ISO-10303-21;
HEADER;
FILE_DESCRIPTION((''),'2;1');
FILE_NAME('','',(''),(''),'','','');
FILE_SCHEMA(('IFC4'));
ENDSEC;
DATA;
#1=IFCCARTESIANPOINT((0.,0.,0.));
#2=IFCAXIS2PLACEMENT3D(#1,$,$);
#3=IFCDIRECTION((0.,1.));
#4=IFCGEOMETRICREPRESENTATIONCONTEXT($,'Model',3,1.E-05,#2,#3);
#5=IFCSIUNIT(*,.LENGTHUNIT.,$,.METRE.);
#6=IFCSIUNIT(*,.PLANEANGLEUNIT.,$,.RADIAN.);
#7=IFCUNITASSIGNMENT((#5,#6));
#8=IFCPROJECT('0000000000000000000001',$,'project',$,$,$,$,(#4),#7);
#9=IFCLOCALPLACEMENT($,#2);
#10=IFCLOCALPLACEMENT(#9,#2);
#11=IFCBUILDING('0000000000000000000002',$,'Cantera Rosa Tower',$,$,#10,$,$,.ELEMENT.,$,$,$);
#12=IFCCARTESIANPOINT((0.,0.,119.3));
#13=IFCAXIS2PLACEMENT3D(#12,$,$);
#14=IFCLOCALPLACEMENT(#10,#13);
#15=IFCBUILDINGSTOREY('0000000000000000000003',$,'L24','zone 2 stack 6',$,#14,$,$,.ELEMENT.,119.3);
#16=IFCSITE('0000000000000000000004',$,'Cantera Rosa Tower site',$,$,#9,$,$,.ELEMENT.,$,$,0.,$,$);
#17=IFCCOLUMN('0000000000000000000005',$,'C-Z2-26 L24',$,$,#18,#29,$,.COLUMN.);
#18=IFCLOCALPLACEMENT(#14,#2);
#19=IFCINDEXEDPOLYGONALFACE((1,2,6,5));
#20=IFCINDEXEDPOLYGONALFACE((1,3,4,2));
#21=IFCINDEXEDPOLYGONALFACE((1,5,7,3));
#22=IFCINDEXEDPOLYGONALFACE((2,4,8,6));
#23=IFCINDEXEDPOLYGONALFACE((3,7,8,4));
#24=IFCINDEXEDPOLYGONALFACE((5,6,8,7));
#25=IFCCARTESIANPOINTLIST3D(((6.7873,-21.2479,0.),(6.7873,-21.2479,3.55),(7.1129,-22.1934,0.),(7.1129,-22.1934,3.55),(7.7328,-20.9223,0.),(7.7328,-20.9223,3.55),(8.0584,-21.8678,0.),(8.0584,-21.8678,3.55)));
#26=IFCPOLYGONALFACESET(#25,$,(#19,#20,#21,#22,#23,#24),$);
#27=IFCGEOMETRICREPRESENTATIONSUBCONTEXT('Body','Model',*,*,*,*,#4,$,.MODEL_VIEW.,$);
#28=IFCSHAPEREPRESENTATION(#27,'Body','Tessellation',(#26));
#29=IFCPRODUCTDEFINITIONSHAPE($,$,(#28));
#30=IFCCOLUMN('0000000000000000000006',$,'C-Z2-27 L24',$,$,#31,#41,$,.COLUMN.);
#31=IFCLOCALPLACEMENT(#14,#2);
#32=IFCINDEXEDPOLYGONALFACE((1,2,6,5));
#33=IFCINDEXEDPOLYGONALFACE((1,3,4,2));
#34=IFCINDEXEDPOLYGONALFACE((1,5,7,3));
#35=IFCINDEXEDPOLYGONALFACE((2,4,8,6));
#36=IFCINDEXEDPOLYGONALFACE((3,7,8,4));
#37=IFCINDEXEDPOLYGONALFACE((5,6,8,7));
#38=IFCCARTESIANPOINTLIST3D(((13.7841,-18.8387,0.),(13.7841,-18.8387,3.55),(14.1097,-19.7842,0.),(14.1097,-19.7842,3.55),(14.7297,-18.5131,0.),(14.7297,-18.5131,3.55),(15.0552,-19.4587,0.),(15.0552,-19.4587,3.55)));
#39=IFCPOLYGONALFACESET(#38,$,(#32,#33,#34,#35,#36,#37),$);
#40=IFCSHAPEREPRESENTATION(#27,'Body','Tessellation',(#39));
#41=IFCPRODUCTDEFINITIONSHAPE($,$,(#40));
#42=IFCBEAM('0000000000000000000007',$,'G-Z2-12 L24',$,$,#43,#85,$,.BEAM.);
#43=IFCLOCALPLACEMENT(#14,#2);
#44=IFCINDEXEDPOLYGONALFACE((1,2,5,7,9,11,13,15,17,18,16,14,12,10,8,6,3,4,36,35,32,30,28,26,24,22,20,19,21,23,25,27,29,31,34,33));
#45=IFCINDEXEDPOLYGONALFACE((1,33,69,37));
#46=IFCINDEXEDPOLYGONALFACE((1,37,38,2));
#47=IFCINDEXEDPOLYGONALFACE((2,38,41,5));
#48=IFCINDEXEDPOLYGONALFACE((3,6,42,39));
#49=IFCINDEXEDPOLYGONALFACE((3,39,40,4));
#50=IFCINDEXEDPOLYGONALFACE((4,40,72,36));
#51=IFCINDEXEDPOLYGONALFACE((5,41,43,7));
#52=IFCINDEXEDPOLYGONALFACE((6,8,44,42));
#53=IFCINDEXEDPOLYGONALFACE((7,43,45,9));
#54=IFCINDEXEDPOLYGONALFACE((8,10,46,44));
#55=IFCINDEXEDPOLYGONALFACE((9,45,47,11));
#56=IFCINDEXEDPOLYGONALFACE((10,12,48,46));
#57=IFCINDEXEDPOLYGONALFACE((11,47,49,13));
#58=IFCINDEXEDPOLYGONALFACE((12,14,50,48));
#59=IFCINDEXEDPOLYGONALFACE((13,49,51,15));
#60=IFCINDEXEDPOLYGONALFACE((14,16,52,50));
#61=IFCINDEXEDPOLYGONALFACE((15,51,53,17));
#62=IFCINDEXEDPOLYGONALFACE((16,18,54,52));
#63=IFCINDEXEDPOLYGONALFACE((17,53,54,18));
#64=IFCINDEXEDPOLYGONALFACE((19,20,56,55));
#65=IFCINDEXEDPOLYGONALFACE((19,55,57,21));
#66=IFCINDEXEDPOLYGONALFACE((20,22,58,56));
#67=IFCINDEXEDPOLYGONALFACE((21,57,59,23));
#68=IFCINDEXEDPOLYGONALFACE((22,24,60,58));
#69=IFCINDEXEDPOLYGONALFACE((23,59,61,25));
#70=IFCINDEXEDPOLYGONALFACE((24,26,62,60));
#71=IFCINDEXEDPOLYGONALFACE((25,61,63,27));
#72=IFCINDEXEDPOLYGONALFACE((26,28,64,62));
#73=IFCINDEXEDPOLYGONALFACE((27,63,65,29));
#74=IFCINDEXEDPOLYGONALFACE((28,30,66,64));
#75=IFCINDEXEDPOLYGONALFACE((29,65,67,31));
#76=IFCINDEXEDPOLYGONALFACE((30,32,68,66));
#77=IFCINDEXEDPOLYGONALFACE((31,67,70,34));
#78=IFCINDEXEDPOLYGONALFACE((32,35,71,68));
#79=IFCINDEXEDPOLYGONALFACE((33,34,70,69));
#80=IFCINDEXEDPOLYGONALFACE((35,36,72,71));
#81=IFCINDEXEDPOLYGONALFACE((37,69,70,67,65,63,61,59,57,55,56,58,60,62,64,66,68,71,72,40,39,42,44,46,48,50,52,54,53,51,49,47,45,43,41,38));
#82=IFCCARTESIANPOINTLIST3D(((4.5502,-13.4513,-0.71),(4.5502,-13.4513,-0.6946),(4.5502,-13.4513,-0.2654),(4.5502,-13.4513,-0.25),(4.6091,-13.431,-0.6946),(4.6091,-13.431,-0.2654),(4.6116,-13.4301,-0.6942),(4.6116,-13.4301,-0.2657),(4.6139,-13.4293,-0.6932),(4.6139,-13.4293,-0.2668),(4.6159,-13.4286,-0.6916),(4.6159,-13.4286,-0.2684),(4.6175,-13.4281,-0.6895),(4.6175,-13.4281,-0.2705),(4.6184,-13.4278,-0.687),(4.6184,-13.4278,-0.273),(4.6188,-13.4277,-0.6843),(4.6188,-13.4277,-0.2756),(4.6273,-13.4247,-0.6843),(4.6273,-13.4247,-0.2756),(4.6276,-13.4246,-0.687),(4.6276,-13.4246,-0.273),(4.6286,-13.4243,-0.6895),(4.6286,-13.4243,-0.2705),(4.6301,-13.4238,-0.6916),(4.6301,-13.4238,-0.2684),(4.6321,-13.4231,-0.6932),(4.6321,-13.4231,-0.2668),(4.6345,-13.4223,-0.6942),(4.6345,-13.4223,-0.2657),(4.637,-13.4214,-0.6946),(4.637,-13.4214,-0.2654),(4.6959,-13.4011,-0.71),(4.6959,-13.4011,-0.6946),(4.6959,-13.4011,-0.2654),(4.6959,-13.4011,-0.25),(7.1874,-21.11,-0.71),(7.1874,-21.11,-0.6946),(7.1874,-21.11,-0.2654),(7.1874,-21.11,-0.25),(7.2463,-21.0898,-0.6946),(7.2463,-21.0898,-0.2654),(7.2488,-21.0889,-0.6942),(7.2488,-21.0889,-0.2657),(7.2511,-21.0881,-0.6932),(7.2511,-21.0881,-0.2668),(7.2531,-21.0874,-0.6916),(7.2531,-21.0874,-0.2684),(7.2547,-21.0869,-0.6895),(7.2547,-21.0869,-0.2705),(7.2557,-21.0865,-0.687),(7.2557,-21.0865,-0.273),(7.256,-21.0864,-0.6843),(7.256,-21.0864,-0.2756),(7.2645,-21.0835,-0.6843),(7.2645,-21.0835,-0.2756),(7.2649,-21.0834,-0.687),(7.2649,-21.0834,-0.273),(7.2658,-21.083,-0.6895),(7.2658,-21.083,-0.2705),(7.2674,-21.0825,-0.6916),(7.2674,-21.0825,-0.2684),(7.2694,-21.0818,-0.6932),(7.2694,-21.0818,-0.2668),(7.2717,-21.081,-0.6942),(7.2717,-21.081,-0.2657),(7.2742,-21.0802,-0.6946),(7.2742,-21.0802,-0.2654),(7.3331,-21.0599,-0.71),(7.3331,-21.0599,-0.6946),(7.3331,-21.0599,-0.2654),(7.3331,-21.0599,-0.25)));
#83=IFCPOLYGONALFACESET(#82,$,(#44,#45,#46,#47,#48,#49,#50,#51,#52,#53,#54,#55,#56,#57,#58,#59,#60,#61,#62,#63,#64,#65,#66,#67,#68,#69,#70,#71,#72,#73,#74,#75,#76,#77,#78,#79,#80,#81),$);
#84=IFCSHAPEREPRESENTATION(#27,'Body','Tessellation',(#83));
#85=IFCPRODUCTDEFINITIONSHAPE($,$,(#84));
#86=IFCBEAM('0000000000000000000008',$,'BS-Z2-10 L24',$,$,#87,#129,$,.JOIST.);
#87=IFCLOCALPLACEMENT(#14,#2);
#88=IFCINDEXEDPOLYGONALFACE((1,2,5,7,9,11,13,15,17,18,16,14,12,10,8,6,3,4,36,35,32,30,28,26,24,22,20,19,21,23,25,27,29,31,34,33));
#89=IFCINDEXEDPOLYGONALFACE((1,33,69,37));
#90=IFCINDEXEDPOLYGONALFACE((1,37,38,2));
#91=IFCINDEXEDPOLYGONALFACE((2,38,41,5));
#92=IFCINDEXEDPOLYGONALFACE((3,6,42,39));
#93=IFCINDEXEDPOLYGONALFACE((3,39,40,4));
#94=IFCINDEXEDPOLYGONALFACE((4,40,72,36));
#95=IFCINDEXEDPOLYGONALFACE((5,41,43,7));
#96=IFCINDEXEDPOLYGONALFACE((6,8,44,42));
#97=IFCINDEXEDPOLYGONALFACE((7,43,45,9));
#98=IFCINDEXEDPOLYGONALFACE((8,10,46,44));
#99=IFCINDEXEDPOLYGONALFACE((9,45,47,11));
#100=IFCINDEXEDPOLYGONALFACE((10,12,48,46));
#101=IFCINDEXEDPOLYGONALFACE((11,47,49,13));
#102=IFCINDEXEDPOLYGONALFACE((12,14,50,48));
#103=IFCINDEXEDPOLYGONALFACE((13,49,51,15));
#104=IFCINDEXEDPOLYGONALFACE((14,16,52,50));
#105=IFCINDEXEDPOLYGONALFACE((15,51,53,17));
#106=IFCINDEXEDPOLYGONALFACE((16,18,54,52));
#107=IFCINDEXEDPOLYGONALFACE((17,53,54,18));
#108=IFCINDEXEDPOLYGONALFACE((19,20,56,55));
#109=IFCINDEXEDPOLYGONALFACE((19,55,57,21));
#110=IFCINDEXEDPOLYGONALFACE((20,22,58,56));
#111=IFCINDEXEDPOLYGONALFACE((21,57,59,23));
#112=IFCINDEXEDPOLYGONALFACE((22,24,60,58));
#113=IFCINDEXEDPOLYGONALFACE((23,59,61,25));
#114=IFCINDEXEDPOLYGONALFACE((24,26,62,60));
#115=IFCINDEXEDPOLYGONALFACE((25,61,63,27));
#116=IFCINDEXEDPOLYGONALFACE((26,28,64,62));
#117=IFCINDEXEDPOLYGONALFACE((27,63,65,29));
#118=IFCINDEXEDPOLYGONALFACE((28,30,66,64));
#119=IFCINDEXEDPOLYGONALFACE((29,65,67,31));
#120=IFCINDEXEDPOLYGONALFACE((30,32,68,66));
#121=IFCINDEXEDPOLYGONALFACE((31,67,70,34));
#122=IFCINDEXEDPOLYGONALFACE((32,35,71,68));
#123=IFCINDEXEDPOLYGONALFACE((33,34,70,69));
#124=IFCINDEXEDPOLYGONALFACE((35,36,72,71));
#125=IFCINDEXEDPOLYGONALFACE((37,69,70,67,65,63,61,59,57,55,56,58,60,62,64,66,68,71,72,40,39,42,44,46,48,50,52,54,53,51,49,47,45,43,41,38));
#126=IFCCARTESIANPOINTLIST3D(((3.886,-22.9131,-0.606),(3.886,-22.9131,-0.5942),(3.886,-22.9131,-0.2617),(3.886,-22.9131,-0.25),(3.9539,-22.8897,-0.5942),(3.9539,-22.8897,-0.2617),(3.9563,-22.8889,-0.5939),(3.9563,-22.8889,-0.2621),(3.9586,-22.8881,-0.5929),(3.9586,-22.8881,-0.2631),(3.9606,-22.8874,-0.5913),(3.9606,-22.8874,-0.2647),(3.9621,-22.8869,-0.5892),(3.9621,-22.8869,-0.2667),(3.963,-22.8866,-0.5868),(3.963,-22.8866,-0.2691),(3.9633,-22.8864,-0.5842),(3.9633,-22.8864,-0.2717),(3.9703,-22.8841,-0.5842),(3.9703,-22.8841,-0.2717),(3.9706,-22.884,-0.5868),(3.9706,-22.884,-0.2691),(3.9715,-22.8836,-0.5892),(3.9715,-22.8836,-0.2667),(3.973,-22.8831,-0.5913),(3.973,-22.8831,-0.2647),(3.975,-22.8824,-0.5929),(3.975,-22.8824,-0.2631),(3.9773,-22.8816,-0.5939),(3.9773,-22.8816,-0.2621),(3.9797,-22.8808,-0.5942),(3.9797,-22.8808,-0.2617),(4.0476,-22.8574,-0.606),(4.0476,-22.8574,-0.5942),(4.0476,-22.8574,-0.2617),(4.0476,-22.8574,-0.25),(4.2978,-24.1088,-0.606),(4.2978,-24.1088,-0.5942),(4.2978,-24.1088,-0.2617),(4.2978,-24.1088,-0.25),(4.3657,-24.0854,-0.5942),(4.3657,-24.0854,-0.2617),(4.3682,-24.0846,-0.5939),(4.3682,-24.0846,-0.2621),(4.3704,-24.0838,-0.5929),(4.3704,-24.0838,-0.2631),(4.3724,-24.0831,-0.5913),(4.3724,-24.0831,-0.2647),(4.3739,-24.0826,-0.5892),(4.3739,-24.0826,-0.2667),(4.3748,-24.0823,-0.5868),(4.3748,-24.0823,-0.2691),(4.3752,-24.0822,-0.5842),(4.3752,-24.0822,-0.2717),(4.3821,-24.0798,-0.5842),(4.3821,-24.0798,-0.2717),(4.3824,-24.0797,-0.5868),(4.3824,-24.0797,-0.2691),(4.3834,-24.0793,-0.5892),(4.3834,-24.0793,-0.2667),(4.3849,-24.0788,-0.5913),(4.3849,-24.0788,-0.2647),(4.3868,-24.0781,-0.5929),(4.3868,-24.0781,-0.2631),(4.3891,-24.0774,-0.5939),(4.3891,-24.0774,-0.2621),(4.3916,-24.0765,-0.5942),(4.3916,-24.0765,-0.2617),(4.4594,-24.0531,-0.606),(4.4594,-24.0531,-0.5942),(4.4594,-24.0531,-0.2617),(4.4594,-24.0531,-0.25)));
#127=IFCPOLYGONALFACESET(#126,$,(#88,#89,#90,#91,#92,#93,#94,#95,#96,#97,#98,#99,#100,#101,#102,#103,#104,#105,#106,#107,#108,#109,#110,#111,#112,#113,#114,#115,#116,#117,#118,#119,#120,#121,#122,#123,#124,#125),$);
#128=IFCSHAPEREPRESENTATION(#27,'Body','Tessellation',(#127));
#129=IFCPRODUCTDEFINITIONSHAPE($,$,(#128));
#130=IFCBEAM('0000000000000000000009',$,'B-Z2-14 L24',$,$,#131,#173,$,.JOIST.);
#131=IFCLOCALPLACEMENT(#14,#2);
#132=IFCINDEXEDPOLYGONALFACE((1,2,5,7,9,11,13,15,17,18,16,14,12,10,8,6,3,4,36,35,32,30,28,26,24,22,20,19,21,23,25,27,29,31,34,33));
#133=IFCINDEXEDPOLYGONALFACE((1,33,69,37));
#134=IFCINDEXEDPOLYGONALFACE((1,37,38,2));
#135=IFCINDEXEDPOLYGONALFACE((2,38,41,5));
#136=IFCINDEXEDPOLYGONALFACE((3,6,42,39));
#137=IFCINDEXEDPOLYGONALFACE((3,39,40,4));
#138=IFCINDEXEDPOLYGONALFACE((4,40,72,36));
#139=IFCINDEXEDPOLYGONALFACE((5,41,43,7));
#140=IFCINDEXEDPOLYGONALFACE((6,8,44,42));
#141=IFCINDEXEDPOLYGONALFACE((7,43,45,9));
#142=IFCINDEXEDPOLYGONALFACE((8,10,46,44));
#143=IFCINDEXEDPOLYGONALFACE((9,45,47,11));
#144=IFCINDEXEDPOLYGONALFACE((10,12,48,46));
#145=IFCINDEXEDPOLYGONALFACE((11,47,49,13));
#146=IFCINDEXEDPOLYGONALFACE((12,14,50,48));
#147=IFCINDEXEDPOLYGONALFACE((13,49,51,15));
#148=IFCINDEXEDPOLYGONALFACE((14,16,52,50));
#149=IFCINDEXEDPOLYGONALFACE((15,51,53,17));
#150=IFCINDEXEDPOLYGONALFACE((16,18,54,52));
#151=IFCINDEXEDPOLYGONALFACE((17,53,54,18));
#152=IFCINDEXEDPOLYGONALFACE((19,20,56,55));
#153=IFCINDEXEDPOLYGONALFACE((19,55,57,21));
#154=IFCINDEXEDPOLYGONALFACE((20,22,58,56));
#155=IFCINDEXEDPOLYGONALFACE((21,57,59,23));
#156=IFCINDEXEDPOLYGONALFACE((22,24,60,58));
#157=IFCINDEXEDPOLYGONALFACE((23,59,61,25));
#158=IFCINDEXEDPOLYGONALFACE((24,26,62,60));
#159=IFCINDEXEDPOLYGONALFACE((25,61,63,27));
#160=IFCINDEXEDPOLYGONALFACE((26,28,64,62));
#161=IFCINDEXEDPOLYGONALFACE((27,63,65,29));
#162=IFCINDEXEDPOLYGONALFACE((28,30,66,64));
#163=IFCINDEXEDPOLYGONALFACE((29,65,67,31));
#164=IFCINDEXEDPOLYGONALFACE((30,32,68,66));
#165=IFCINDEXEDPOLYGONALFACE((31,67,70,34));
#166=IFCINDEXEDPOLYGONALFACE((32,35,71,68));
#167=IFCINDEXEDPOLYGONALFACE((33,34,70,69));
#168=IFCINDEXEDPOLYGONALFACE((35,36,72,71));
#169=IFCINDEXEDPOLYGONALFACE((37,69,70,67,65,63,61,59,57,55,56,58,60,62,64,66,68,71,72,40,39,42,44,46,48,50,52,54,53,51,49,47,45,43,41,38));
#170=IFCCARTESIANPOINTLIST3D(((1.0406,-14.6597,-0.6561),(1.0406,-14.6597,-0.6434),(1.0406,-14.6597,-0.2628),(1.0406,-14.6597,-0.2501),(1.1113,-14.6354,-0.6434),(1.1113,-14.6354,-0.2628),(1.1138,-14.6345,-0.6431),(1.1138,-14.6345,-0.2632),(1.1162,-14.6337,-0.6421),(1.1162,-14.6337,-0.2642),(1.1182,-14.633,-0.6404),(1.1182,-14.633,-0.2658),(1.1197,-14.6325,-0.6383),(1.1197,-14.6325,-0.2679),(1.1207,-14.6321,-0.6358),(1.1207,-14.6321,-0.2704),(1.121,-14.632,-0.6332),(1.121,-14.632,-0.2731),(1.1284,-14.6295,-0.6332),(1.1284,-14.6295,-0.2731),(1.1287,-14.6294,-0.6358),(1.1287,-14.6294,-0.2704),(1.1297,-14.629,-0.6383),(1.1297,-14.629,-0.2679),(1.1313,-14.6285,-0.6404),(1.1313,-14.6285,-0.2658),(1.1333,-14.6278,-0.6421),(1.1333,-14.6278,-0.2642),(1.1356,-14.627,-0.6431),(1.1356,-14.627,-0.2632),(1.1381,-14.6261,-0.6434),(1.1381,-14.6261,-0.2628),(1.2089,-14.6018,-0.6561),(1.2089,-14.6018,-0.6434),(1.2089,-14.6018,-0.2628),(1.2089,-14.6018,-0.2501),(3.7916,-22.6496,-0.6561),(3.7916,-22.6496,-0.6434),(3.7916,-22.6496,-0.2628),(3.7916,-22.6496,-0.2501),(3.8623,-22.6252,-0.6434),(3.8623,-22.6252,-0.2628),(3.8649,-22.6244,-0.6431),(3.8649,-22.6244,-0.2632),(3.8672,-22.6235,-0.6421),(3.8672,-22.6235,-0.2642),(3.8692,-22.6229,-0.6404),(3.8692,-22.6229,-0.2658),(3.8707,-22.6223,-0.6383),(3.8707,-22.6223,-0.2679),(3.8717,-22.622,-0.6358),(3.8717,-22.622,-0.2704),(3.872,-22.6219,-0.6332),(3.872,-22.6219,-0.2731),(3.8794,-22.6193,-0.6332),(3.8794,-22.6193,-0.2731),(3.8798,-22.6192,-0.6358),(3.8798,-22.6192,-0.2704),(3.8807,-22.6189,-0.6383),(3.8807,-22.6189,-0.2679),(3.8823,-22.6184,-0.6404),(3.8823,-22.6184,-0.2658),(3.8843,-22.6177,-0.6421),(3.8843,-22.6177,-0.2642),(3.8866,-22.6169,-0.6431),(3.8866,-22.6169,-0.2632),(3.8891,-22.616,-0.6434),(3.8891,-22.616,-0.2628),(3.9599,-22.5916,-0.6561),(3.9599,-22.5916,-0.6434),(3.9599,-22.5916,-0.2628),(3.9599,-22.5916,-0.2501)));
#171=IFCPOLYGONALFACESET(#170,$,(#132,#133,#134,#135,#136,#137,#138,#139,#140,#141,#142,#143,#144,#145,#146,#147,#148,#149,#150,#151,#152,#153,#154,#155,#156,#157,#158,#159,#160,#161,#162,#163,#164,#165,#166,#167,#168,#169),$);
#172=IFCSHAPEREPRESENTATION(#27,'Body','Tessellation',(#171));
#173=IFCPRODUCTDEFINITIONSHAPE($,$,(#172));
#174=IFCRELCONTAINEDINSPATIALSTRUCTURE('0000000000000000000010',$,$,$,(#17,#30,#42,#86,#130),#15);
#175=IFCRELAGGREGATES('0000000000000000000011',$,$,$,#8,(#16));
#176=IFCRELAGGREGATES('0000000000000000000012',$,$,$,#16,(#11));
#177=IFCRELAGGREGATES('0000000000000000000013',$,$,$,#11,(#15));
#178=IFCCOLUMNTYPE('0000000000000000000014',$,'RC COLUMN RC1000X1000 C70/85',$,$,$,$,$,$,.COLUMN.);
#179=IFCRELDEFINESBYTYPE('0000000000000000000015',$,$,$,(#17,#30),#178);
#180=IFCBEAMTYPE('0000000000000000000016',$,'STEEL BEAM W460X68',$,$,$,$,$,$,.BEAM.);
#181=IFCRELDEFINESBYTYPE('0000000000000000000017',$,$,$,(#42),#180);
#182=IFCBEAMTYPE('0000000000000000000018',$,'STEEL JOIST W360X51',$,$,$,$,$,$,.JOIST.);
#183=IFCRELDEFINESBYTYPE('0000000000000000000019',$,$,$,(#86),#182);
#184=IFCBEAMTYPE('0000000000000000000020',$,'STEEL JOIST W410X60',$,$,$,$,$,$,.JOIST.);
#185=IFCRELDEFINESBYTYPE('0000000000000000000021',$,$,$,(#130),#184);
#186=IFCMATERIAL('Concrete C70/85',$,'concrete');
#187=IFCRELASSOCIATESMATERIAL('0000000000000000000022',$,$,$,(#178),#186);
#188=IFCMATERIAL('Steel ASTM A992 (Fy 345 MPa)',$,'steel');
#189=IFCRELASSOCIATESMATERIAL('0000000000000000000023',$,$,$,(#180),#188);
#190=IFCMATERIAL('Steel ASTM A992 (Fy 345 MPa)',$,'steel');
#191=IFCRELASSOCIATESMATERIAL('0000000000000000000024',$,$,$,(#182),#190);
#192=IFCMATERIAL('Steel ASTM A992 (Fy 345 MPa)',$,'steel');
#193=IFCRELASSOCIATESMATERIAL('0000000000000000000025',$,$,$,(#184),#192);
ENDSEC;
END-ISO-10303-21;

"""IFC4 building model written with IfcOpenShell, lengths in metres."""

from ifc_helpers import new_model, si_unit, direction, frame, origin, origin_2d, place, context, subcontext, project, spatial, rectangle, i_section, extrude, material, material_profile, profile_set, type_object, element, save


model = new_model("IFC4")

# Units and contexts
model_context = context("Model", 3, precision=1e-05, world=origin(), true_north=direction((0.0, 1.0)))
body_context = subcontext(model_context, "Body", "Model", "MODEL_VIEW")
ifc_project = project(units=[si_unit("LENGTHUNIT", "METRE"), si_unit("PLANEANGLEUNIT", "RADIAN")], contexts=[model_context])

# Site, building, storey
site_placement = place(None, origin())
site = spatial("IfcSite", under=ifc_project, at=site_placement, Name="Cantera Rosa Tower site", CompositionType="ELEMENT", RefElevation=0.0)
building_placement = place(site_placement, origin())
building = spatial("IfcBuilding", under=site, at=building_placement, Name="Cantera Rosa Tower", CompositionType="ELEMENT")
storey_placement = place(building_placement, frame((0.0, 0.0, 119.3)))
storey = spatial("IfcBuildingStorey", under=building, at=storey_placement, Name="L24", Description="zone 2 stack 6", CompositionType="ELEMENT", Elevation=119.3)

# Columns
ifc_material_1 = material(Name="Concrete C70/85", Category="concrete")
ifc_material_profile_1 = material_profile(ifc_material_1, rectangle(XDim=1.0, YDim=1.0, at=origin_2d()), Name="RC COLUMN RC1000X1000 C70/85")
ifc_profile_set_1 = profile_set([ifc_material_profile_1], Name="Concrete C70/85")
column_type = type_object("IfcColumnType", Name="RC COLUMN RC1000X1000 C70/85", PredefinedType="COLUMN", material=ifc_profile_set_1)
for number, where, z_axis, x_axis, name in (
    (1, (7.4229, -21.5579, 0.0), (0.0, 0.0, 1.0), (0.945519, 0.325568, 0.0), "C-Z2-26 L24"),
    (2, (14.4197, -19.1487, 0.0), (0.0, 0.0, 1.0), (0.945519, 0.325568, 0.0), "C-Z2-27 L24"),
):
    element("IfcColumn", number, at=place(storey_placement, frame(where, z_axis=z_axis, x_axis=x_axis)), inside=storey, type_object=column_type, Name=name, PredefinedType="COLUMN", context=body_context, shape_type="SweptSolid", body=[
        extrude(rectangle(XDim=1.0, YDim=1.0, at=origin_2d()), origin(), (0.0, 0.0, 1.0), 3.55),
    ])

# Beams
ifc_material_2 = material(Name="Steel ASTM A992 (Fy 345 MPa)", Category="steel")
ifc_material_profile_2 = material_profile(ifc_material_2, i_section(OverallWidth=0.1541, OverallDepth=0.46, WebThickness=0.009, FlangeThickness=0.0154, FilletRadius=0.0103, at=origin_2d()), Name="W460X68")
ifc_profile_set_2 = profile_set([ifc_material_profile_2], Name="Steel ASTM A992 (Fy 345 MPa)")
beam_type_1 = type_object("IfcBeamType", Name="STEEL BEAM W460X68", PredefinedType="BEAM", material=ifc_profile_set_2)
beam_1_placement = place(storey_placement, frame((7.2603, -21.085, -0.48), z_axis=(-0.32558, 0.945514, 0.0), x_axis=(-0.945514, -0.32558, 0.0)))
element("IfcBeam", 3, at=beam_1_placement, inside=storey, type_object=beam_type_1, Name="G-Z2-12 L24", PredefinedType="BEAM", context=body_context, shape_type="SweptSolid", body=[
    extrude(i_section(OverallWidth=0.1541, OverallDepth=0.46, WebThickness=0.009, FlangeThickness=0.0154, FilletRadius=0.0103, at=origin_2d()), origin(), (0.0, 0.0, 1.0), 8.1001),
])
ifc_material_3 = material(Name="Steel ASTM A992 (Fy 345 MPa)", Category="steel")
ifc_material_profile_3 = material_profile(ifc_material_3, i_section(OverallWidth=0.1709, OverallDepth=0.356, WebThickness=0.0073, FlangeThickness=0.0117, FilletRadius=0.01, at=origin_2d()), Name="W360X51")
ifc_profile_set_3 = profile_set([ifc_material_profile_3], Name="Steel ASTM A992 (Fy 345 MPa)")
beam_type_2 = type_object("IfcBeamType", Name="STEEL JOIST W360X51", PredefinedType="JOIST", material=ifc_profile_set_3)
beam_2_placement = place(storey_placement, frame((3.9668, -22.8853, -0.428), z_axis=(0.325652, -0.94549, 0.0), x_axis=(0.94549, 0.325652, 0.0)))
element("IfcBeam", 4, at=beam_2_placement, inside=storey, type_object=beam_type_2, Name="BS-Z2-10 L24", PredefinedType="JOIST", context=body_context, shape_type="SweptSolid", body=[
    extrude(i_section(OverallWidth=0.1709, OverallDepth=0.356, WebThickness=0.0073, FlangeThickness=0.0117, FilletRadius=0.01, at=origin_2d()), origin(), (0.0, 0.0, 1.0), 1.2646),
])
ifc_material_4 = material(Name="Steel ASTM A992 (Fy 345 MPa)", Category="steel")
ifc_material_profile_4 = material_profile(ifc_material_4, i_section(OverallWidth=0.178, OverallDepth=0.406, WebThickness=0.0078, FlangeThickness=0.0127, FilletRadius=0.0103, at=origin_2d()), Name="W410X60")
ifc_profile_set_4 = profile_set([ifc_material_profile_4], Name="Steel ASTM A992 (Fy 345 MPa)")
beam_type_3 = type_object("IfcBeamType", Name="STEEL JOIST W410X60", PredefinedType="JOIST", material=ifc_profile_set_4)
for number, where, z_axis, x_axis, name in (
    (5, (3.8757, -22.6206, -0.4531), (-0.325556, 0.945523, 0.0), (-0.945523, -0.325556, 0.0), "B-Z2-14 L24"),
):
    element("IfcBeam", number, at=place(storey_placement, frame(where, z_axis=z_axis, x_axis=x_axis)), inside=storey, type_object=beam_type_3, Name=name, PredefinedType="JOIST", context=body_context, shape_type="SweptSolid", body=[
        extrude(i_section(OverallWidth=0.178, OverallDepth=0.406, WebThickness=0.0078, FlangeThickness=0.0127, FilletRadius=0.0103, at=origin_2d()), origin(), (0.0, 0.0, 1.0), 8.4502),
    ])

save(model, "model.ifc")
